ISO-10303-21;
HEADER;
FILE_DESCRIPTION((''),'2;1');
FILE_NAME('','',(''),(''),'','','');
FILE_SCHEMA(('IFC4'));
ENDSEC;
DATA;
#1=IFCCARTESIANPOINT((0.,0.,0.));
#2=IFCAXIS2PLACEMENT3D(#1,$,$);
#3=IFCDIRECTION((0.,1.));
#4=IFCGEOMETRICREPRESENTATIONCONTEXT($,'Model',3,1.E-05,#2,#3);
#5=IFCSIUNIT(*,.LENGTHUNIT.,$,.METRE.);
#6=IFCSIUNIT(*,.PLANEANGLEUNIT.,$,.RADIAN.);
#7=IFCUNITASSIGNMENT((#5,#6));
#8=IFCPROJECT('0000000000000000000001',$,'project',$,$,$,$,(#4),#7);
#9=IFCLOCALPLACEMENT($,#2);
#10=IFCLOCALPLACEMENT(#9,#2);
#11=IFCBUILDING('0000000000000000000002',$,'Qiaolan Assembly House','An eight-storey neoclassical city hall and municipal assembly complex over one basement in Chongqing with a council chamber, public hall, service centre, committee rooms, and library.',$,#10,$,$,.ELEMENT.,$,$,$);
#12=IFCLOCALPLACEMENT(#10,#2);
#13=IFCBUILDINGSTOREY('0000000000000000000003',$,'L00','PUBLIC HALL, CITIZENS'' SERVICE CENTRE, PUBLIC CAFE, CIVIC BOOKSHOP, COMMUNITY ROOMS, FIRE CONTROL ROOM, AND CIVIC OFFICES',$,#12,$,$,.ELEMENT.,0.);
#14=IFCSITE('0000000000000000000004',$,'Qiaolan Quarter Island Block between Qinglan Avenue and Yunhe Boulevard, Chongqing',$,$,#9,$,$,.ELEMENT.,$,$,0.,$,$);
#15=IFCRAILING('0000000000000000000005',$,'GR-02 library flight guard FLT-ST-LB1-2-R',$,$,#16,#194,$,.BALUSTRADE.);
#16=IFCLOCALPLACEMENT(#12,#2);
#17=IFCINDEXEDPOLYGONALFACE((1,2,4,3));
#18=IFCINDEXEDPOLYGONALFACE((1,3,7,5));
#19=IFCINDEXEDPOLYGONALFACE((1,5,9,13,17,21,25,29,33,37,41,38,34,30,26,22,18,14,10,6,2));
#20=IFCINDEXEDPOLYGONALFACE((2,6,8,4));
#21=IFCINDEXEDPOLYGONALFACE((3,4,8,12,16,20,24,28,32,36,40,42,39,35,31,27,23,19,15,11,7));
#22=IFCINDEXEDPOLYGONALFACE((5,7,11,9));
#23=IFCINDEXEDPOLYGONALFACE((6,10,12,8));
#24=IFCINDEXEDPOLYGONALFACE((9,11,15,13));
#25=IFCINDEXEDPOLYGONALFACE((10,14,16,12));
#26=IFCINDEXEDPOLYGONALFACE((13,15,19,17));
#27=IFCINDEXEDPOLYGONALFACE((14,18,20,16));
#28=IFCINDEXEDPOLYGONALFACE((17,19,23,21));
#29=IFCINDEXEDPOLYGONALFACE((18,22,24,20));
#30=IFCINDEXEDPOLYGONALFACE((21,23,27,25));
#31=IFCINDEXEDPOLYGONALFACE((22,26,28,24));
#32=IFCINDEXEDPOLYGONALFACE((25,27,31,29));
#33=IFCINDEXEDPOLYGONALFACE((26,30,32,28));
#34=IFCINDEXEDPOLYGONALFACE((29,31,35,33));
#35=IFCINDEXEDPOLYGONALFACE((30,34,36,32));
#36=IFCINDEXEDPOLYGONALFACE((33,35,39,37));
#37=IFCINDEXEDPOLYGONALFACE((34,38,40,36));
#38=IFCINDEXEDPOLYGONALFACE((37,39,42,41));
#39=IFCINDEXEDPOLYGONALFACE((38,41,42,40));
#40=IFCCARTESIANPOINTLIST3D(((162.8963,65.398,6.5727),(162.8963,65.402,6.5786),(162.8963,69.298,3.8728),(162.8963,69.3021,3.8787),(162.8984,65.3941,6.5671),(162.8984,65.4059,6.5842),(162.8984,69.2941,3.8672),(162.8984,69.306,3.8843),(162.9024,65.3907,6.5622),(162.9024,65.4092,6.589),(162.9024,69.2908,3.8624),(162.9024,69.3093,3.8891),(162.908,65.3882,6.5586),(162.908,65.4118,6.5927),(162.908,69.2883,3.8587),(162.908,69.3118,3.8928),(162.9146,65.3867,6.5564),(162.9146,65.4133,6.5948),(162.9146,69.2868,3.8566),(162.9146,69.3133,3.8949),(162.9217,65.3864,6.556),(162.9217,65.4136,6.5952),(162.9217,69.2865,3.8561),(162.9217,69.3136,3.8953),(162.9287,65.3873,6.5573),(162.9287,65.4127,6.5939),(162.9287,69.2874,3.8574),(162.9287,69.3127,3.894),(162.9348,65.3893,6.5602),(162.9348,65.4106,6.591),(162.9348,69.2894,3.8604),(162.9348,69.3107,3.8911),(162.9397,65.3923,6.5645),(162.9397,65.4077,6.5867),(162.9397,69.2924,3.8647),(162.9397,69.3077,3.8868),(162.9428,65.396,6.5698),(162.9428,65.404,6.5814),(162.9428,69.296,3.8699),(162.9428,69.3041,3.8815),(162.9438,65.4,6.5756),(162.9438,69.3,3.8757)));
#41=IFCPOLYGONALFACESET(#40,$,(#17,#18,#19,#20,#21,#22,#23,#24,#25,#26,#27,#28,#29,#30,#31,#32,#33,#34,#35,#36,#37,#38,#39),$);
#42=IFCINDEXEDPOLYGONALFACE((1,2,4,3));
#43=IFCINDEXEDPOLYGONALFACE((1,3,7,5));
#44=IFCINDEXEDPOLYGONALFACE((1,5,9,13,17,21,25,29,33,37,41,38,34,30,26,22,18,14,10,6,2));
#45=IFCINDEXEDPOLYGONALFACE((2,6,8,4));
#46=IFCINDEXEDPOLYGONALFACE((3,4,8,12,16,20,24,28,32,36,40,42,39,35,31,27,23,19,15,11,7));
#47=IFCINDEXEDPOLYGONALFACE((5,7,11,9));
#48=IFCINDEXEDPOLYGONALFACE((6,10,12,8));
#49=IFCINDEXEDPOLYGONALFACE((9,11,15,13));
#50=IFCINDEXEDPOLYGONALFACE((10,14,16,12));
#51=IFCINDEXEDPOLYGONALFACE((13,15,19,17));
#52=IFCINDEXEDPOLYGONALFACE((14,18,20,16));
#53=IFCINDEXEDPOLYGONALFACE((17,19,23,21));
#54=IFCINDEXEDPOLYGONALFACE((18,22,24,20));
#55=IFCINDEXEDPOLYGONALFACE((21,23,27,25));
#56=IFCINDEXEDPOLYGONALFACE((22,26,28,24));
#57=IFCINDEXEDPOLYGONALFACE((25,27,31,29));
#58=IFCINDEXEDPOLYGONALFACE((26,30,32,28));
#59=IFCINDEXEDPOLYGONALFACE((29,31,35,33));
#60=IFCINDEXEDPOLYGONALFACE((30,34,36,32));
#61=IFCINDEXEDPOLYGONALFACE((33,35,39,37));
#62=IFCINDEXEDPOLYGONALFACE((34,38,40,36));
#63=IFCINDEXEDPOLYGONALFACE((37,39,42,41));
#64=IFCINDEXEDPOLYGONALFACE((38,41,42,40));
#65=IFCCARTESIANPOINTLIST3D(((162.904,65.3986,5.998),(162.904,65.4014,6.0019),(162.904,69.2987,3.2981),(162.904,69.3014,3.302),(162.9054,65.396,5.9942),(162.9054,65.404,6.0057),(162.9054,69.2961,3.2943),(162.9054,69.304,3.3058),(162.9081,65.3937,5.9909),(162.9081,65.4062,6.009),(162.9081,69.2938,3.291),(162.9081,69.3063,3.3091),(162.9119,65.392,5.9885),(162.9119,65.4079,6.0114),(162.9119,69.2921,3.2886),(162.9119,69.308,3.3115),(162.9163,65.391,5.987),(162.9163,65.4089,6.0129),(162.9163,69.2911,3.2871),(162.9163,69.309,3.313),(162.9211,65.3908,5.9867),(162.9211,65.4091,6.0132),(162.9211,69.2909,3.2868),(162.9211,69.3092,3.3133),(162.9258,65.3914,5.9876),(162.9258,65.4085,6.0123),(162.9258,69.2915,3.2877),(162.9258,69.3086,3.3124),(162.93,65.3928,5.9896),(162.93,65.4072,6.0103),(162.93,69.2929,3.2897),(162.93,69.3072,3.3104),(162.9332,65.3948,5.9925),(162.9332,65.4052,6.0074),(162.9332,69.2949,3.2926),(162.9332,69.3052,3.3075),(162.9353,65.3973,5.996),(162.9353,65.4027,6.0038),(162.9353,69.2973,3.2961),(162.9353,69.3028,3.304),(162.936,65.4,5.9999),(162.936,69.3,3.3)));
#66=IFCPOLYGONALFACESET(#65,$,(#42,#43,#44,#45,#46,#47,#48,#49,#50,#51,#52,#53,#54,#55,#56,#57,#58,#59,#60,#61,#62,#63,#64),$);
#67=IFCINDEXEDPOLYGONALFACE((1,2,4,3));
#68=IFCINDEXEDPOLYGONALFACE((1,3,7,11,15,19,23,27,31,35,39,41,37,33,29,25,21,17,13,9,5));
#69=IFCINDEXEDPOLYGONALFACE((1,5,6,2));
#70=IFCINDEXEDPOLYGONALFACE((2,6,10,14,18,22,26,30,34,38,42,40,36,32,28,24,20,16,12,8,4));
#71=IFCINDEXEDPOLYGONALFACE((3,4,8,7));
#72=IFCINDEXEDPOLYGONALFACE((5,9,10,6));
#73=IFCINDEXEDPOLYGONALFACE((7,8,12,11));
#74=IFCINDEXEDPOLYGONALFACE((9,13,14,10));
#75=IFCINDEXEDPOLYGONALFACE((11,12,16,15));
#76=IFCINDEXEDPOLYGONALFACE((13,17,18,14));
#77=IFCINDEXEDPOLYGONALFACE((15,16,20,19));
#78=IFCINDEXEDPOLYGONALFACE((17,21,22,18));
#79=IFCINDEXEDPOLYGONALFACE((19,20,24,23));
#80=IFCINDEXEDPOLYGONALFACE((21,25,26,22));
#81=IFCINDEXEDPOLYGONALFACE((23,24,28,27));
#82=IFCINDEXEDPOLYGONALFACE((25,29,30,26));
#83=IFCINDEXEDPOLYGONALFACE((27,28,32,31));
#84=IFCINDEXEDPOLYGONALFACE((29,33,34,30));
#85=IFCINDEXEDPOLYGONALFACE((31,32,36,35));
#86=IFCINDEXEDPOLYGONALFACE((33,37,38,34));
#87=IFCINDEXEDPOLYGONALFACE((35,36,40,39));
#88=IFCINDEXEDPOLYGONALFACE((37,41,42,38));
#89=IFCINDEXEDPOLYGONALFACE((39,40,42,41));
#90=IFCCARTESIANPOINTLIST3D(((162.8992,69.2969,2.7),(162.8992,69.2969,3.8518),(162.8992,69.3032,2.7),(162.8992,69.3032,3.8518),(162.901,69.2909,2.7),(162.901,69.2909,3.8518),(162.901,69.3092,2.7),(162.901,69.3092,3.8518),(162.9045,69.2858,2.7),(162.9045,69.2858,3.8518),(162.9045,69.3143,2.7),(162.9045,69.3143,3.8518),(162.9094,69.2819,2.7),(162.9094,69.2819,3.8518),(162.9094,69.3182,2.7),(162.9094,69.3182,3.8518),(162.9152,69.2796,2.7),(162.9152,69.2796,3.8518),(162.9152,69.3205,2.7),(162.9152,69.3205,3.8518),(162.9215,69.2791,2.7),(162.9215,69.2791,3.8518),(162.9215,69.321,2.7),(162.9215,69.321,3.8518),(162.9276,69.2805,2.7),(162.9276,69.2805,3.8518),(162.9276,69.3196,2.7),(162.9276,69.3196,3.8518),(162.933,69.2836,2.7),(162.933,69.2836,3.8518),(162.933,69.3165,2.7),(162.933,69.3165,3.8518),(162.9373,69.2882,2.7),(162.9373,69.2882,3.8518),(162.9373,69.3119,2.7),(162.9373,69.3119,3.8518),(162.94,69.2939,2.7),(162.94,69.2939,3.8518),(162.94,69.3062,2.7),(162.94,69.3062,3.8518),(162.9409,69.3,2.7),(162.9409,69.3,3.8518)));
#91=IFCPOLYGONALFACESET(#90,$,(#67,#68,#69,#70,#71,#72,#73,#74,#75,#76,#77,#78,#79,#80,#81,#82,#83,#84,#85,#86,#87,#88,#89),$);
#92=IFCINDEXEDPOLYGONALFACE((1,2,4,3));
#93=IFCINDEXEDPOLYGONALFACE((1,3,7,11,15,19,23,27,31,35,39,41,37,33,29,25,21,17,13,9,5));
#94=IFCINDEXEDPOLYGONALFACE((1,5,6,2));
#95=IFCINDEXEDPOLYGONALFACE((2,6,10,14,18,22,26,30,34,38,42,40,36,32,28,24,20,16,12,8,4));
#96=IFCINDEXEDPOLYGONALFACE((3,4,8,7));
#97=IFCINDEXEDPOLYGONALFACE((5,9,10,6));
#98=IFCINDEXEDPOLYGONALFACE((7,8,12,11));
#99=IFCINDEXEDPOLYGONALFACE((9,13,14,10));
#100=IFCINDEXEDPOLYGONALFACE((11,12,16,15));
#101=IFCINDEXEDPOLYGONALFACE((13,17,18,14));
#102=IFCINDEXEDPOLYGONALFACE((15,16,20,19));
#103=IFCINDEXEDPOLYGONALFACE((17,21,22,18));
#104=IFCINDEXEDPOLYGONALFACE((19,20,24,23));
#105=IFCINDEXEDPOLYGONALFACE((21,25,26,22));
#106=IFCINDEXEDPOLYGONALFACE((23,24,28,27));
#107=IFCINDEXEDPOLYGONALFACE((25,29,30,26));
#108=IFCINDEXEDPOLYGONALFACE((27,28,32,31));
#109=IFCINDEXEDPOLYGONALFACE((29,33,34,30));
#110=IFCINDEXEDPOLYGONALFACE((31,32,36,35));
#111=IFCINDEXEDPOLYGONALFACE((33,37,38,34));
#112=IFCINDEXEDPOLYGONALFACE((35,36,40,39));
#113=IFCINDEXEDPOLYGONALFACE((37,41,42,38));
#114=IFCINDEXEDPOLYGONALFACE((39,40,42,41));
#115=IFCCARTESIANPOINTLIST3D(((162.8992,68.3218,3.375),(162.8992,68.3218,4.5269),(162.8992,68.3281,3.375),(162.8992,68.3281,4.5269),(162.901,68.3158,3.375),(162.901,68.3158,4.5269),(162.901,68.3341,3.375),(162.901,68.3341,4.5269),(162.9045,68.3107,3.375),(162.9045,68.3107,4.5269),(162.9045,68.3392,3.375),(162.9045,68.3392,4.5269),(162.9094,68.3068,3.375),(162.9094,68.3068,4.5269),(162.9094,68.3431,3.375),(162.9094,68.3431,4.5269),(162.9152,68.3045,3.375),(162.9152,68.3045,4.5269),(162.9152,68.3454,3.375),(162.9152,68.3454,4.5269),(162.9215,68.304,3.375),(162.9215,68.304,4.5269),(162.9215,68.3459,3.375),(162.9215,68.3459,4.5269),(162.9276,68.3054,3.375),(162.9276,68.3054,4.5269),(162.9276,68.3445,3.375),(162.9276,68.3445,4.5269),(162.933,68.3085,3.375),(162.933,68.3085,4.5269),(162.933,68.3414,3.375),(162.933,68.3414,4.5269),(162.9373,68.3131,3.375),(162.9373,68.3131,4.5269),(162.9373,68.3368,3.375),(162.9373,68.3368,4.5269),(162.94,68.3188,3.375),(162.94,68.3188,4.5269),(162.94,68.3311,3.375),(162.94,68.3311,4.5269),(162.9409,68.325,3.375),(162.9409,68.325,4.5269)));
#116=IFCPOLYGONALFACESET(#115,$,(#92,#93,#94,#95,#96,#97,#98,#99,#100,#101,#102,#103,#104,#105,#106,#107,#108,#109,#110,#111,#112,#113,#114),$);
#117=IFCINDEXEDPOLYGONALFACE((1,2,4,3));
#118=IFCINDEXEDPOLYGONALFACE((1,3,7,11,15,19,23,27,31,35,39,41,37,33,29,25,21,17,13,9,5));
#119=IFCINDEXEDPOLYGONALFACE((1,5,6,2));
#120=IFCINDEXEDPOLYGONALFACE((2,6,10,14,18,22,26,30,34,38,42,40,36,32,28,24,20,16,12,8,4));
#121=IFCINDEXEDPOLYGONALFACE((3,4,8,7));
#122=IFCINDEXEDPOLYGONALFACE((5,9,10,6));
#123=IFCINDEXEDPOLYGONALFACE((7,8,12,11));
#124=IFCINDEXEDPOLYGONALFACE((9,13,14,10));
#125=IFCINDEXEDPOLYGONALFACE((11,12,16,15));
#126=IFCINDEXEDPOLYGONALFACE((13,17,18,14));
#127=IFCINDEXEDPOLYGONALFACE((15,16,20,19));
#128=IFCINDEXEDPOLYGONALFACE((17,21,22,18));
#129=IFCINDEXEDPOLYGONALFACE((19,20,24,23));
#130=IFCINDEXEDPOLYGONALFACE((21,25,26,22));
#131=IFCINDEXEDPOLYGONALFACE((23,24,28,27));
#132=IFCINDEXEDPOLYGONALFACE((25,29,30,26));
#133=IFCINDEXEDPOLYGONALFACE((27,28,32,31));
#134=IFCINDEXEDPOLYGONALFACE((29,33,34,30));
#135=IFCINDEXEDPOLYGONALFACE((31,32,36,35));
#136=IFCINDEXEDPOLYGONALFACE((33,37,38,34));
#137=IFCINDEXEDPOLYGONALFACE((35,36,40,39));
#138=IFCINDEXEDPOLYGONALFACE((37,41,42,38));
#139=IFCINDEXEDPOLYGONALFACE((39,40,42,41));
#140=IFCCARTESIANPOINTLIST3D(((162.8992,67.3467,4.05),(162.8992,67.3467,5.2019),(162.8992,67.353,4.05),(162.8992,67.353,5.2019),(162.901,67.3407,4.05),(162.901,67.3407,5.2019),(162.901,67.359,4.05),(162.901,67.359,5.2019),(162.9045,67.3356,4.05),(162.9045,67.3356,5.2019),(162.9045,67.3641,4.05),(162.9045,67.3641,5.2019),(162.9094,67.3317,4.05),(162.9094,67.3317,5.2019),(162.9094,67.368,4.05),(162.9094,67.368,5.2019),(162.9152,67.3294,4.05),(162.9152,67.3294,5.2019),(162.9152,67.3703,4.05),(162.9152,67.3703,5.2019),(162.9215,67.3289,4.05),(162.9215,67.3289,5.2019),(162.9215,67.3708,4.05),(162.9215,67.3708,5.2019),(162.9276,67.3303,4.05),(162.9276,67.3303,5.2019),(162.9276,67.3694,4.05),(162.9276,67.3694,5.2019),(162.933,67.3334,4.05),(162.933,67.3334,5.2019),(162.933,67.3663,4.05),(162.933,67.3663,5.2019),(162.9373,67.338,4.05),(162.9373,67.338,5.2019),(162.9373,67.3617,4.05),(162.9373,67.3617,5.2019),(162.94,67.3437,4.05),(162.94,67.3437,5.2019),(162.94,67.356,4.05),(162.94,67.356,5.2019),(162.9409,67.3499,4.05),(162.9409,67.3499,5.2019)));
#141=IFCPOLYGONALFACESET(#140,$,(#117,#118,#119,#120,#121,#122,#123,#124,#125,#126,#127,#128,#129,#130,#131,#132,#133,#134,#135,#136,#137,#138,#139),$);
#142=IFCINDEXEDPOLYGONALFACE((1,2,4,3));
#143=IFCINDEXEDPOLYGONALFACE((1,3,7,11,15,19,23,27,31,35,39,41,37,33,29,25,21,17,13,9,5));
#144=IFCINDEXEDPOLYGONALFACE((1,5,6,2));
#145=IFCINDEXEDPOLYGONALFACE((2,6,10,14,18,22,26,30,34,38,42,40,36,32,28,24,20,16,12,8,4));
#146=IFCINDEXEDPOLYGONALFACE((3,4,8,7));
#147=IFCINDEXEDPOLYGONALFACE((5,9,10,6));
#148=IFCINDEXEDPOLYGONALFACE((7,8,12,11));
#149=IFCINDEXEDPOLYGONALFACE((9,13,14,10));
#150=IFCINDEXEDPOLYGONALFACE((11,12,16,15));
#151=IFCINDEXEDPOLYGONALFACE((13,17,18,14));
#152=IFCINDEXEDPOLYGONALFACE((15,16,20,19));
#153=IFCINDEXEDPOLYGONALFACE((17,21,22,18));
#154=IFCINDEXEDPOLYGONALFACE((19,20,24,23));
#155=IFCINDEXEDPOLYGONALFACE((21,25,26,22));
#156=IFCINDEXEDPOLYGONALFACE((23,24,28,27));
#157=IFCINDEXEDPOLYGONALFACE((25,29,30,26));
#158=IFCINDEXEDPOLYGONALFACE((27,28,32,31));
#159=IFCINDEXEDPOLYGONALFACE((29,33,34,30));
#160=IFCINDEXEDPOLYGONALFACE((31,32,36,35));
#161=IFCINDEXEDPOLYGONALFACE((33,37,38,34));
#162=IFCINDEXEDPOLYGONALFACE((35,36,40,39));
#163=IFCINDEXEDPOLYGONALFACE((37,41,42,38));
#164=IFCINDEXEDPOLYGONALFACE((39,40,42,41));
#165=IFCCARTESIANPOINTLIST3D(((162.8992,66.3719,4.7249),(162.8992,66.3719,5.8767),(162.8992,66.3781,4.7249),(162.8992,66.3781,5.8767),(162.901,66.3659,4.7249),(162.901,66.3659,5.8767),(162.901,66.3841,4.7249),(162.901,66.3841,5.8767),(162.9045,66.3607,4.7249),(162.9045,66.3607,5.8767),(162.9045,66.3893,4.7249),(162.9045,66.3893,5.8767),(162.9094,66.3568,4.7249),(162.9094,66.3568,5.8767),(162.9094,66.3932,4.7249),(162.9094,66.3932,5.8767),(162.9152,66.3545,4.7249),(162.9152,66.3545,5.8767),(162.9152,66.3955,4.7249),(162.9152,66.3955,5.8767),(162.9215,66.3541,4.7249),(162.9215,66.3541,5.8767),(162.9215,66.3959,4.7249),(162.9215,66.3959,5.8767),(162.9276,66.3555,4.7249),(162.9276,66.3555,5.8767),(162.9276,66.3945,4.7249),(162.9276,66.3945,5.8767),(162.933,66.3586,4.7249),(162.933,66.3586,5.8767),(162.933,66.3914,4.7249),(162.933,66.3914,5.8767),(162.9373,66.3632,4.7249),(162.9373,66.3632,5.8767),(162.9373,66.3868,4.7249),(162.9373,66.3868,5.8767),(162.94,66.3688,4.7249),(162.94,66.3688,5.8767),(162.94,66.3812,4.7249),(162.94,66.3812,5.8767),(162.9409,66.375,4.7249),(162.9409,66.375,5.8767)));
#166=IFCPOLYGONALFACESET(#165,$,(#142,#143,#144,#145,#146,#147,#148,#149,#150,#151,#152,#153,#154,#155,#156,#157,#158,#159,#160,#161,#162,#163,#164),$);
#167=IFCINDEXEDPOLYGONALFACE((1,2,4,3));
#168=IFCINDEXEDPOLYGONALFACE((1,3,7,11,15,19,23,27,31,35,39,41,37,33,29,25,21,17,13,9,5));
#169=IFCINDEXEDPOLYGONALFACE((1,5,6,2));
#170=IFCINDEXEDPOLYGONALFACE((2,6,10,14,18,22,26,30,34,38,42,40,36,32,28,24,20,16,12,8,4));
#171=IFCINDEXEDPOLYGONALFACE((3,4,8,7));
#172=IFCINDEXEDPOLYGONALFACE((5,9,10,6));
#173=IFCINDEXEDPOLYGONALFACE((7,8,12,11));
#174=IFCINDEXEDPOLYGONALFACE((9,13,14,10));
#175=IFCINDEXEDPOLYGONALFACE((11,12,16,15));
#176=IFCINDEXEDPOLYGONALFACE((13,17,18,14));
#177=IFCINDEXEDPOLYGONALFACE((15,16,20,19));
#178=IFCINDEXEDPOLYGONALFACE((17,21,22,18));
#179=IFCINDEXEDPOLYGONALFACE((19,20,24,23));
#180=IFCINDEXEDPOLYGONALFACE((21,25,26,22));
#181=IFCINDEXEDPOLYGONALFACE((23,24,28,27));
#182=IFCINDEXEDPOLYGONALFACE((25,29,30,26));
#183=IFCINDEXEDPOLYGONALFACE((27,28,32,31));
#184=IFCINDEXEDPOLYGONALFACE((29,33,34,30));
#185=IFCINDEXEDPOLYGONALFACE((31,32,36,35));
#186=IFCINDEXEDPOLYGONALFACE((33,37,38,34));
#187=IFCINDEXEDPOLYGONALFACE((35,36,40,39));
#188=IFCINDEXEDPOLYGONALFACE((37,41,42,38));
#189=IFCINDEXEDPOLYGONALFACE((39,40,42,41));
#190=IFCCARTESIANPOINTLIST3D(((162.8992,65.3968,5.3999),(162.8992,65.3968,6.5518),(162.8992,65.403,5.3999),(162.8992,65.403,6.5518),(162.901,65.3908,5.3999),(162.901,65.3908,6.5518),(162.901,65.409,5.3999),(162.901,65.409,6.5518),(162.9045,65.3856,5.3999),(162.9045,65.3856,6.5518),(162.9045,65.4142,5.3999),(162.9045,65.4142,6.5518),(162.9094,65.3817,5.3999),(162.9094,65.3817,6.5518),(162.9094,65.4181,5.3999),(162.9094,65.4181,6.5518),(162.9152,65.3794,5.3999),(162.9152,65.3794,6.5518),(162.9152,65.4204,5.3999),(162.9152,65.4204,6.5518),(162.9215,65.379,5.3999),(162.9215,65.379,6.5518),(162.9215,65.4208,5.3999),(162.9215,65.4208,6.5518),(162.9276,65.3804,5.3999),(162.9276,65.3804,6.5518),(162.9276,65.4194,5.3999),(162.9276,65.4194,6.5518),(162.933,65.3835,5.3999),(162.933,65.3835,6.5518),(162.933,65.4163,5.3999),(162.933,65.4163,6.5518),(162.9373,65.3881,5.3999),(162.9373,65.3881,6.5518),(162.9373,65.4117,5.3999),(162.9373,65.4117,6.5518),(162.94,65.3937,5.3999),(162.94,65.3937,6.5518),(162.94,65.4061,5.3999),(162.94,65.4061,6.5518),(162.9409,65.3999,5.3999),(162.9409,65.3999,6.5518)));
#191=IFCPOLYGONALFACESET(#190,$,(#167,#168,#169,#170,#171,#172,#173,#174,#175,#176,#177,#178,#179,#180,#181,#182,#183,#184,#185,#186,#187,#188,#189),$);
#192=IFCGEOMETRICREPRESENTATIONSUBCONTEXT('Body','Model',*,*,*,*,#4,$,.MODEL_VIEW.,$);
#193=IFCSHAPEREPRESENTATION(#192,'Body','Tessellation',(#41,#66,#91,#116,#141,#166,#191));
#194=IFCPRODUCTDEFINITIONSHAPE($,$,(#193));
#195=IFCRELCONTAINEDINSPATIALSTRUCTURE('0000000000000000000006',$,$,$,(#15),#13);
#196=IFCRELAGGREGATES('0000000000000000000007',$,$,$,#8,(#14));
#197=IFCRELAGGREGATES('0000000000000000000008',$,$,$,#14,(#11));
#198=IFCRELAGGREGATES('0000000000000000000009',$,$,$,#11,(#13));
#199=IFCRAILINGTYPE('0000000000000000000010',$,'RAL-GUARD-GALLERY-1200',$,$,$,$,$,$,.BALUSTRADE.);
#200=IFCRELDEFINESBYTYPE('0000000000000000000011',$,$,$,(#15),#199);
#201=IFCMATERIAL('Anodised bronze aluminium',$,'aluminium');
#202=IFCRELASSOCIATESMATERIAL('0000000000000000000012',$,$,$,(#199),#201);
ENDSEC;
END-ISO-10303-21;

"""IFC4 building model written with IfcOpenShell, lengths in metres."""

from ifc_helpers import new_model, si_unit, direction, frame, origin, origin_2d, place, context, subcontext, project, spatial, circle, extrude, material, type_object, element, save


model = new_model("IFC4")

# Units and contexts
model_context = context("Model", 3, precision=1e-05, world=origin(), true_north=direction((0.0, 1.0)))
body_context = subcontext(model_context, "Body", "Model", "MODEL_VIEW")
ifc_project = project(units=[si_unit("LENGTHUNIT", "METRE"), si_unit("PLANEANGLEUNIT", "RADIAN")], contexts=[model_context])

# Site, building, storey
site_placement = place(None, origin())
site = spatial("IfcSite", under=ifc_project, at=site_placement, Name="Qiaolan Quarter Island Block between Qinglan Avenue and Yunhe Boulevard, Chongqing", CompositionType="ELEMENT", RefElevation=0.0)
building_placement = place(site_placement, origin())
building = spatial("IfcBuilding", under=site, at=building_placement, Name="Qiaolan Assembly House", Description="An eight-storey neoclassical city hall and municipal assembly complex over one basement in Chongqing with a council chamber, public hall, service centre, committee rooms, and library.", CompositionType="ELEMENT")
storey_placement = place(building_placement, origin())
storey = spatial("IfcBuildingStorey", under=building, at=storey_placement, Name="L00", Description="PUBLIC HALL, CITIZENS' SERVICE CENTRE, PUBLIC CAFE, CIVIC BOOKSHOP, COMMUNITY ROOMS, FIRE CONTROL ROOM, AND CIVIC OFFICES", CompositionType="ELEMENT", Elevation=0.0)

# Shared definitions
ifc_material_1 = material(Name="Anodised bronze aluminium", Category="aluminium")

# Railing
railing_type = type_object("IfcRailingType", Name="RAL-GUARD-GALLERY-1200", PredefinedType="BALUSTRADE", material=ifc_material_1)
railing_1_placement = place(storey_placement, frame((162.9199, 69.3, 2.7)))
element("IfcRailing", 1, at=railing_1_placement, inside=storey, type_object=railing_type, Name="GR-02 library flight guard FLT-ST-LB1-2-R", PredefinedType="BALUSTRADE", context=body_context, shape_type="SweptSolid", body=[
    extrude(circle(Radius=0.0239, at=origin_2d()), frame((0.0, 0.0, 1.1758), z_axis=(0.0, -0.822207, 0.569189), x_axis=(1.0, 0.0, 0.0)), (0.0, 0.0, 1.0), 4.7434),
    extrude(circle(Radius=0.0161, at=origin_2d()), frame((0.0, 0.0, 0.6001), z_axis=(0.0, -0.822207, 0.569189), x_axis=(1.0, 0.0, 0.0)), (0.0, 0.0, 1.0), 4.7434),
    extrude(circle(Radius=0.021, at=origin_2d()), origin(), (0.0, 0.0, 1.0), 1.1519),
    extrude(circle(Radius=0.021, at=origin_2d()), frame((0.0, -0.9751, 0.675)), (0.0, 0.0, 1.0), 1.1519),
    extrude(circle(Radius=0.021, at=origin_2d()), frame((0.0, -1.9502, 1.3501)), (0.0, 0.0, 1.0), 1.1519),
    extrude(circle(Radius=0.021, at=origin_2d()), frame((0.0, -2.925, 2.0249)), (0.0, 0.0, 1.0), 1.1519),
    extrude(circle(Radius=0.021, at=origin_2d()), frame((0.0, -3.9001, 2.7)), (0.0, 0.0, 1.0), 1.1519),
])

save(model, "model.ifc")
